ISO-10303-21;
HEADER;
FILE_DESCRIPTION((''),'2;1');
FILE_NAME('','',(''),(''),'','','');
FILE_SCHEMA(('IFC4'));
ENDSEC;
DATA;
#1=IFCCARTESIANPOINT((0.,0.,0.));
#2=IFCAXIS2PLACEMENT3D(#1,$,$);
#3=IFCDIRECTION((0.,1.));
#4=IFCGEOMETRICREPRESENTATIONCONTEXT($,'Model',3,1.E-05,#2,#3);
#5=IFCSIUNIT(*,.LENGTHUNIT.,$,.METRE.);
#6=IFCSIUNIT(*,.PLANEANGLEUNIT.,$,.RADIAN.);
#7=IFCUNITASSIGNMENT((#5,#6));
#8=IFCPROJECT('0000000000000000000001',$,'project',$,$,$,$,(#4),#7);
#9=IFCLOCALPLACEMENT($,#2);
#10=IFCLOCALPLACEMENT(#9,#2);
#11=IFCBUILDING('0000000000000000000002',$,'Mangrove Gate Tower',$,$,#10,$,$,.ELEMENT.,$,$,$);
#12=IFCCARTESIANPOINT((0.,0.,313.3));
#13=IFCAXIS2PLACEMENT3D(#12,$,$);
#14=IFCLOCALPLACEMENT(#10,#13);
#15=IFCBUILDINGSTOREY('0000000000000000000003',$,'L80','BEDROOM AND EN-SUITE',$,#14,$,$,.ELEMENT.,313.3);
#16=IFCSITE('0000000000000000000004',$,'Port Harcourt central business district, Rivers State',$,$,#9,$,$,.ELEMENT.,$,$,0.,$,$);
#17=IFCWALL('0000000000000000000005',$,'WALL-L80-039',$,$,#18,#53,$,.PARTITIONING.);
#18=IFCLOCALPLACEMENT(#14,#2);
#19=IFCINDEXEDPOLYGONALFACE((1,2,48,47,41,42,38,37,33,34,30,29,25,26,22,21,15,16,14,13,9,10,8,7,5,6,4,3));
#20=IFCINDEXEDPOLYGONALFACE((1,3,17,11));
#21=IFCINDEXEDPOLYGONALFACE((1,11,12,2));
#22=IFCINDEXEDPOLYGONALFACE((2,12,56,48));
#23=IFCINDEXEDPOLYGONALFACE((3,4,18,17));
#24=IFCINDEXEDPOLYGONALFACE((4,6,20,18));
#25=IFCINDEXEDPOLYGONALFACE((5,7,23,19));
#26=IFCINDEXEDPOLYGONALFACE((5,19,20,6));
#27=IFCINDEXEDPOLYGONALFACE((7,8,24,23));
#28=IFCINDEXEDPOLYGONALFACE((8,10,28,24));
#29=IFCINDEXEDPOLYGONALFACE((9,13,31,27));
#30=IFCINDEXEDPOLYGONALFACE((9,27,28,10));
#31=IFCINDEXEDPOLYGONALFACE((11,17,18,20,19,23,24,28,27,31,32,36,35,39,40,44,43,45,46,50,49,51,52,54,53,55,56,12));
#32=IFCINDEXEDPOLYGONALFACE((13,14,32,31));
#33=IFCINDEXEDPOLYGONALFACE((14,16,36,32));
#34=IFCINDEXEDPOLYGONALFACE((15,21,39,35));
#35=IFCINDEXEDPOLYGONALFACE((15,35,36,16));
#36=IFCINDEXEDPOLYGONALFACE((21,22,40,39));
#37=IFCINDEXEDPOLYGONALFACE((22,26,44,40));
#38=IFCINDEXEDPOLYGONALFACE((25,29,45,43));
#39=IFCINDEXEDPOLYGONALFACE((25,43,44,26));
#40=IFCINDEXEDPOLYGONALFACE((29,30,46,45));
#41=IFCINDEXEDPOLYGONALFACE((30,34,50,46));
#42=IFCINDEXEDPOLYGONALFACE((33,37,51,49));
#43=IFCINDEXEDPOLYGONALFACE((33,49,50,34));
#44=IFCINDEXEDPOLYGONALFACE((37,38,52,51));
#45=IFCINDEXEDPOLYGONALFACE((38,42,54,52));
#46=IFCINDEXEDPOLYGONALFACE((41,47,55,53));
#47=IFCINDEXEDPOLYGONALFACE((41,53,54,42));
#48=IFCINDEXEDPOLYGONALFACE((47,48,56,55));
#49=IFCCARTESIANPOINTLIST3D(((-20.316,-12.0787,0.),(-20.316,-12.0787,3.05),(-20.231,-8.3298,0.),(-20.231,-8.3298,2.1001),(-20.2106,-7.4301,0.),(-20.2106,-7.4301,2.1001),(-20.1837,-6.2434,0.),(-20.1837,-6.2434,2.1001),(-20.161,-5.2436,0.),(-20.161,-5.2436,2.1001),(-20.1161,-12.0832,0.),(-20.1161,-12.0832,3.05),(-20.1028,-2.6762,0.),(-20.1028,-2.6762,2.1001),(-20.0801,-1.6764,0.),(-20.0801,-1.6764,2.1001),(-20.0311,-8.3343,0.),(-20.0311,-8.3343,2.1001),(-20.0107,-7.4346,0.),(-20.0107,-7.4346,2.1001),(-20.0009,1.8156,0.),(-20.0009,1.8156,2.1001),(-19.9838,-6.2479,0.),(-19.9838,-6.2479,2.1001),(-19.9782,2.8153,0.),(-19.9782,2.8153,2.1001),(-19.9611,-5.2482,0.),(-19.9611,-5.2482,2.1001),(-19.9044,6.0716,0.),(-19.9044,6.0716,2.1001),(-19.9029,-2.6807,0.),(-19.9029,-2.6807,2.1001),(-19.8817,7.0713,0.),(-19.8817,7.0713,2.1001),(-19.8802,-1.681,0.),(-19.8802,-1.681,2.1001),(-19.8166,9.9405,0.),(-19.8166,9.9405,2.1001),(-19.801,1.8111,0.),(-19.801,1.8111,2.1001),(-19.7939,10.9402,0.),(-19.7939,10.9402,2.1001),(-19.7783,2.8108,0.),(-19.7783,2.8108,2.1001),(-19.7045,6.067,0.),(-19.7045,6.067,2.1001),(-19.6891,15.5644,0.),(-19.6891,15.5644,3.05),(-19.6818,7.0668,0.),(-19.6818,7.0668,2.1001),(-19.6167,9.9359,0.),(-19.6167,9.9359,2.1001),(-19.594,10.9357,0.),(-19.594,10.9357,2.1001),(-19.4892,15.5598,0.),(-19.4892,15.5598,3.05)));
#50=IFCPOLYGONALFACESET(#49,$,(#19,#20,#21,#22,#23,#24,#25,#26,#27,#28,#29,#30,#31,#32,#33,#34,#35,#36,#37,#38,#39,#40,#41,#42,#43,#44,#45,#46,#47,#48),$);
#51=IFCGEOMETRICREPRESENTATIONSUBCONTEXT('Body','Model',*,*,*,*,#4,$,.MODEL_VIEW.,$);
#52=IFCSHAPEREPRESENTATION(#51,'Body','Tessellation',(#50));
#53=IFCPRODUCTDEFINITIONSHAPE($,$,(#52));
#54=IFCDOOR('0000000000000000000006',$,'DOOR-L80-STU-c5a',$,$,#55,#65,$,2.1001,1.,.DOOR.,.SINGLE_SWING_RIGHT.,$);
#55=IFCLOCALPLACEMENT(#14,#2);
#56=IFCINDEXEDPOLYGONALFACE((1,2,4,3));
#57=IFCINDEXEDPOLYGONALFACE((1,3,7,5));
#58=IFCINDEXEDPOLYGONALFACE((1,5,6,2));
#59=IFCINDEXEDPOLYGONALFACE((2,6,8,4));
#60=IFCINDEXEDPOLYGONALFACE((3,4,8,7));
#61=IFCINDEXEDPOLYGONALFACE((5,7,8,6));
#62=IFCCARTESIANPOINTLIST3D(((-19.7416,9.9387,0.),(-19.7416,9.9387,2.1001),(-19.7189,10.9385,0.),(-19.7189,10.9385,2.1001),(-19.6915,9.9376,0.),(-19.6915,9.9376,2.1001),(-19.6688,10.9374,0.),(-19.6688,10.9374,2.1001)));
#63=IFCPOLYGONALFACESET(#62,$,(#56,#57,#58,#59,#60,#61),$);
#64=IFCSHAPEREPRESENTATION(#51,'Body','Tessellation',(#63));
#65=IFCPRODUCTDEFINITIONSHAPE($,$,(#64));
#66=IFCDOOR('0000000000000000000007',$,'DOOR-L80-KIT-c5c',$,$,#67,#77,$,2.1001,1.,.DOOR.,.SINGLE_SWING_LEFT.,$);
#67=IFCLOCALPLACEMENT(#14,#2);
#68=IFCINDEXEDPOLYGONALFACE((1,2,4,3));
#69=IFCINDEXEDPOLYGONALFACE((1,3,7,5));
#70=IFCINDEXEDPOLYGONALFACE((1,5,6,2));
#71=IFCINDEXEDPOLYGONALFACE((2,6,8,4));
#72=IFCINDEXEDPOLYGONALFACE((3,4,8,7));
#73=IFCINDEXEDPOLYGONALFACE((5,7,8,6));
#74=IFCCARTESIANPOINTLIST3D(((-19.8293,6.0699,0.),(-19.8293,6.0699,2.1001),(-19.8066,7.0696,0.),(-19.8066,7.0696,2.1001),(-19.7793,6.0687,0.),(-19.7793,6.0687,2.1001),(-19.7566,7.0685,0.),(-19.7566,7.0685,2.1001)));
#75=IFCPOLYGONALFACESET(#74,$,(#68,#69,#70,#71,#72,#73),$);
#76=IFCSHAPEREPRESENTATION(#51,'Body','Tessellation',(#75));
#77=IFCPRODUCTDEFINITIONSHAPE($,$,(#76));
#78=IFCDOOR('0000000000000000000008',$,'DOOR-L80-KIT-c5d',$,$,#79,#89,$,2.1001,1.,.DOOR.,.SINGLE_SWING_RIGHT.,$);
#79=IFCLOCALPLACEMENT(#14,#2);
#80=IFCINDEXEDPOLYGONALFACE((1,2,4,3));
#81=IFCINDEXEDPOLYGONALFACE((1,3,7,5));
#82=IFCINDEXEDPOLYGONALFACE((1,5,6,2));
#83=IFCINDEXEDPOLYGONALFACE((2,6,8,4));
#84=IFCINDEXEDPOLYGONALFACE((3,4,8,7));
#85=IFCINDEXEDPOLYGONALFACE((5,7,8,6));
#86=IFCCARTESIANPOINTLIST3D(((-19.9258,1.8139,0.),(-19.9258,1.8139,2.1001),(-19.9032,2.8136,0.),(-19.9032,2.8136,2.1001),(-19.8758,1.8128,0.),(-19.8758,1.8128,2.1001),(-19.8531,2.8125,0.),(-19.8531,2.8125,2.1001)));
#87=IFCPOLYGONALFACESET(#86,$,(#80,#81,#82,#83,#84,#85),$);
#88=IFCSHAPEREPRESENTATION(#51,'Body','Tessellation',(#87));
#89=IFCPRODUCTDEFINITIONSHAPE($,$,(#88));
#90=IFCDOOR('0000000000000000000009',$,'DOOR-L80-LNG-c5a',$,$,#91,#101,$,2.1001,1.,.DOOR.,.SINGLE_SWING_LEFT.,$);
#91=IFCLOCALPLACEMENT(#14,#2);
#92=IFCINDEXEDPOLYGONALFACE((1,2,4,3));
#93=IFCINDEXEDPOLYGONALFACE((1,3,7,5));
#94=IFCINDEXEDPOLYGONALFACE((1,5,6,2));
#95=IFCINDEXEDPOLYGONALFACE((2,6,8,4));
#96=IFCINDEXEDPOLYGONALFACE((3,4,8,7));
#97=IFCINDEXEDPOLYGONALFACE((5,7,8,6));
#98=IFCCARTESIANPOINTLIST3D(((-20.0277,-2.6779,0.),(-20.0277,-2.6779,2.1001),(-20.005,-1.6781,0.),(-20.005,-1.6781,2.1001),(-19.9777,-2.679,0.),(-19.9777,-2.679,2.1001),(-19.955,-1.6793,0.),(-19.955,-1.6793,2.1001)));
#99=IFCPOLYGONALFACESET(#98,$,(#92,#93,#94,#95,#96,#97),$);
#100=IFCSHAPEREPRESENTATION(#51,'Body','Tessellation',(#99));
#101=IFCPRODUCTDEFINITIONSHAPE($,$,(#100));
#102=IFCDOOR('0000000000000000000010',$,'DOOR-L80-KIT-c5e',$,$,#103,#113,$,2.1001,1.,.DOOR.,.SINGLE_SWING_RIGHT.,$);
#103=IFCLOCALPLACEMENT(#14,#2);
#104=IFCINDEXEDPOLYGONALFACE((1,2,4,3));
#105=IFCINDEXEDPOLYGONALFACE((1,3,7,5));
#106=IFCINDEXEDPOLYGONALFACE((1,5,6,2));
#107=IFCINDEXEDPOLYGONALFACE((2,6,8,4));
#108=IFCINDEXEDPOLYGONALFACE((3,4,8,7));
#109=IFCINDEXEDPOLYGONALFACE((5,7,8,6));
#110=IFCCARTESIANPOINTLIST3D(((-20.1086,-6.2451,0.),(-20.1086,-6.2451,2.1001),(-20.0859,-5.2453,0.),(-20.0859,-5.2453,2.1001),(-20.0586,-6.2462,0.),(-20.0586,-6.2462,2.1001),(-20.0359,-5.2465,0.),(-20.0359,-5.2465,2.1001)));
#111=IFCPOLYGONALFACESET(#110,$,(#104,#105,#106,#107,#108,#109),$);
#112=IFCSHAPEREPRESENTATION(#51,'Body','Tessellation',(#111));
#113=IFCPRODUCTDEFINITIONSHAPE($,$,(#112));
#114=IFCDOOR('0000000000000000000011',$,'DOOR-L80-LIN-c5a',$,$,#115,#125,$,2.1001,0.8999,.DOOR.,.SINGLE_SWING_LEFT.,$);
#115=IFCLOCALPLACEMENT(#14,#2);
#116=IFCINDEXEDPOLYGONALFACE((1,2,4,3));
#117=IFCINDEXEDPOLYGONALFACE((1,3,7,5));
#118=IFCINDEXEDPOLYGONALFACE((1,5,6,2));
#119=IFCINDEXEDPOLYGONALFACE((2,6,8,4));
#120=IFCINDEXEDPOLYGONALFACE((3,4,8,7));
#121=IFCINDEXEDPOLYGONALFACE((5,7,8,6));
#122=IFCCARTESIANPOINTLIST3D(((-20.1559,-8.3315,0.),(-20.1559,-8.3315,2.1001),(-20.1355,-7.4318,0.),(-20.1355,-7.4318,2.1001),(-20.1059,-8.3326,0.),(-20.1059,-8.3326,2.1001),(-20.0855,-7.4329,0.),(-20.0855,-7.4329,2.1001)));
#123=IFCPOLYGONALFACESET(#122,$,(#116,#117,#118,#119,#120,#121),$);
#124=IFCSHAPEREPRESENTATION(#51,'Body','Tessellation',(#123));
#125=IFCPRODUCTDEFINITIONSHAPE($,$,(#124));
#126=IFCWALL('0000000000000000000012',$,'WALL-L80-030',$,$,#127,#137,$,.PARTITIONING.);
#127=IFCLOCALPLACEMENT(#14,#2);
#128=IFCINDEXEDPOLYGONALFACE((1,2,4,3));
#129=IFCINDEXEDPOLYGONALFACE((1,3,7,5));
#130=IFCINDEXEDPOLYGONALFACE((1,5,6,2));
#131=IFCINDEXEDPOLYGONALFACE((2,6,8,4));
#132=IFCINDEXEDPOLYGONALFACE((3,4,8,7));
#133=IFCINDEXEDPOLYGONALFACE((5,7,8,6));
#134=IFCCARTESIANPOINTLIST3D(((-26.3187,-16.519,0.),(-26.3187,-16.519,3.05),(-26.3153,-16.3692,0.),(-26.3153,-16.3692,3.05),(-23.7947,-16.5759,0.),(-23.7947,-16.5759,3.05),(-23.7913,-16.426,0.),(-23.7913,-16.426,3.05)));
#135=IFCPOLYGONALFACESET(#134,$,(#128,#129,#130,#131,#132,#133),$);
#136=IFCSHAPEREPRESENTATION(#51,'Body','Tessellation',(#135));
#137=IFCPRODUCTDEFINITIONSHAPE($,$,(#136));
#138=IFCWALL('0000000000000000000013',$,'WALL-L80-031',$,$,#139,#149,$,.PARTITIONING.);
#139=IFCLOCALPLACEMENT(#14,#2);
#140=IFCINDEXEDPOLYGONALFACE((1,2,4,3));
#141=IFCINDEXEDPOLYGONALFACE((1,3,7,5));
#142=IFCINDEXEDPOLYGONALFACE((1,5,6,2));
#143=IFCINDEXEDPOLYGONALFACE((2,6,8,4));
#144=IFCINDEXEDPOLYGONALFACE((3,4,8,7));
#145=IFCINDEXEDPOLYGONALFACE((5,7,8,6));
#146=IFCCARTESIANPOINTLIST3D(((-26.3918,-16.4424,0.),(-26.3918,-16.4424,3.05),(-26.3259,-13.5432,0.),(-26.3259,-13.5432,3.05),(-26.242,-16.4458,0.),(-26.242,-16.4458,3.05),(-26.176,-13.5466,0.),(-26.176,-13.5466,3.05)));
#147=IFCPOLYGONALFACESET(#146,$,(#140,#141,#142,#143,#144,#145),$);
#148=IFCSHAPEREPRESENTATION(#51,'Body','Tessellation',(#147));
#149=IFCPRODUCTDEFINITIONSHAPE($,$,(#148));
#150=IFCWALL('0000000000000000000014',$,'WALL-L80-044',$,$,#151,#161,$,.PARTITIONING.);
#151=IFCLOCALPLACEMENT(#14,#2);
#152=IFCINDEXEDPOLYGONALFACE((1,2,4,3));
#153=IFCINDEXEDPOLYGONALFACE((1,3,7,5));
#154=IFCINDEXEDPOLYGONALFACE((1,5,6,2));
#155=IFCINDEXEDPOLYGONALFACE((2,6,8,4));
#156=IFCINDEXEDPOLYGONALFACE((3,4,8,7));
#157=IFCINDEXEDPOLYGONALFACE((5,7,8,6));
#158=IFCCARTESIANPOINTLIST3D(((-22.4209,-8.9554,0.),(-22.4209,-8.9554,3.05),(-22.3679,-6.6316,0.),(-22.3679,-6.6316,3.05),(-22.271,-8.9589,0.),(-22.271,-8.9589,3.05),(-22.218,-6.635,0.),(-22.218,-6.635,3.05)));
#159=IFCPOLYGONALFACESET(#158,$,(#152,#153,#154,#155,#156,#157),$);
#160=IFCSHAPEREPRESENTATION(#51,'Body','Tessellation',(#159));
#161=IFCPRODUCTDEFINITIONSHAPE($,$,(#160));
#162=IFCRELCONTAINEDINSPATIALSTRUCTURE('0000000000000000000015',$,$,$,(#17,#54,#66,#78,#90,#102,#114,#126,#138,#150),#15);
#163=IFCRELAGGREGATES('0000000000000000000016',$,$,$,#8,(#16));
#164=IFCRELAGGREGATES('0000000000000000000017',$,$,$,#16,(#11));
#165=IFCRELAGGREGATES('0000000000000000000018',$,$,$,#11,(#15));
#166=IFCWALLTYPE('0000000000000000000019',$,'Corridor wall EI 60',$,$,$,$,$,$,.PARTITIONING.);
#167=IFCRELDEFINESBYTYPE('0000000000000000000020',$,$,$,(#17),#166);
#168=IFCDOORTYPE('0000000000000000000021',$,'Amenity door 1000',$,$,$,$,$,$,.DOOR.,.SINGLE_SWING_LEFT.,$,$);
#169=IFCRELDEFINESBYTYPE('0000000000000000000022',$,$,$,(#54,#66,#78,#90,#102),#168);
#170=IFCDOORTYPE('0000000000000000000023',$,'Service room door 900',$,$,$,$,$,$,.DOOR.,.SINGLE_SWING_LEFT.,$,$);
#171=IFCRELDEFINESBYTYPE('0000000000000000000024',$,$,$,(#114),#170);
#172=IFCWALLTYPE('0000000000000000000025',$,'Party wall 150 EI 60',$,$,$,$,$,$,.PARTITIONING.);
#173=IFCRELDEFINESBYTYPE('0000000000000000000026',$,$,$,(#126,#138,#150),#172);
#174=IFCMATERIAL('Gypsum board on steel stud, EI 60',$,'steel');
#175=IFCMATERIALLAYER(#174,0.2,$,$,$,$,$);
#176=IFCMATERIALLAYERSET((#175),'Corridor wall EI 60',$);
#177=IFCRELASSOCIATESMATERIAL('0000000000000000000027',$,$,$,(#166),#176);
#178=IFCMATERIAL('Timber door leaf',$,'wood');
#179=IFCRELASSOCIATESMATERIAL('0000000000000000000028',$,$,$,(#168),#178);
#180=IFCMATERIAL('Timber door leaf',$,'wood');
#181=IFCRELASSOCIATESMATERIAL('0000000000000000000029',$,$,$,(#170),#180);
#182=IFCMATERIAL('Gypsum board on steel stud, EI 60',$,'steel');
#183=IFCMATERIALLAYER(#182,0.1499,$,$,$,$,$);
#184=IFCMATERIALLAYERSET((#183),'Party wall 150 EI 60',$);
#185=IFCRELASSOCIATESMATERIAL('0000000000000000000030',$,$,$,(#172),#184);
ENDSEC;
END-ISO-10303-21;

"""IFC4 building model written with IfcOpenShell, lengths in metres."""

from ifc_helpers import new_model, si_unit, direction, frame, frame_2d, origin, place, context, subcontext, project, spatial, rectangle, extrude, material, layer, layer_set, type_object, element, fill, save


model = new_model("IFC4")

# Units and contexts
model_context = context("Model", 3, precision=1e-05, world=origin(), true_north=direction((0.0, 1.0)))
body_context = subcontext(model_context, "Body", "Model", "MODEL_VIEW")
ifc_project = project(units=[si_unit("LENGTHUNIT", "METRE"), si_unit("PLANEANGLEUNIT", "RADIAN")], contexts=[model_context])

# Site, building, storey
site_placement = place(None, origin())
site = spatial("IfcSite", under=ifc_project, at=site_placement, Name="Port Harcourt central business district, Rivers State", CompositionType="ELEMENT", RefElevation=0.0)
building_placement = place(site_placement, origin())
building = spatial("IfcBuilding", under=site, at=building_placement, Name="Mangrove Gate Tower", CompositionType="ELEMENT")
storey_placement = place(building_placement, frame((0.0, 0.0, 313.3)))
storey = spatial("IfcBuildingStorey", under=building, at=storey_placement, Name="L80", Description="BEDROOM AND EN-SUITE", CompositionType="ELEMENT", Elevation=313.3)

# Wall, openings, doors
ifc_material_1 = material(Name="Gypsum board on steel stud, EI 60", Category="steel")
ifc_layer_1 = layer(ifc_material_1, 0.2)
ifc_layer_set_1 = layer_set([ifc_layer_1], Name="Corridor wall EI 60")
wall_type_1 = type_object("IfcWallType", Name="Corridor wall EI 60", PredefinedType="PARTITIONING", material=ifc_layer_set_1)
wall_1_placement = place(storey_placement, frame((-20.2161, -12.0811, 0.0), z_axis=(0.0, 0.0, 1.0), x_axis=(0.022674, 0.999743, 0.0)))
wall_1 = element("IfcWall", 1, at=wall_1_placement, inside=storey, type_object=wall_type_1, Name="WALL-L80-039", PredefinedType="PARTITIONING", context=body_context, shape_type="SweptSolid", body=[
    extrude(rectangle(XDim=27.6501, YDim=0.2, at=frame_2d((13.8252, 0.0))), origin(), (0.0, 0.0, 1.0), 3.05),
])
opening_1_placement = place(wall_1_placement, frame((22.0249, 0.0, 0.0)))
opening_1 = element("IfcOpeningElement", 2, at=opening_1_placement, cuts=wall_1, PredefinedType="OPENING", context=body_context, shape_type="SweptSolid", body=[
    extrude(rectangle(XDim=1.0, YDim=2.1001, at=frame_2d((0.5, 1.05))), frame((0.0, 0.1099, 0.0), z_axis=(0.0, -1.0, 0.0), x_axis=(1.0, 0.0, 0.0)), (0.0, 0.0, 1.0), 0.22),
])
opening_2_placement = place(wall_1_placement, frame((18.155, 0.0, 0.0)))
opening_2 = element("IfcOpeningElement", 3, at=opening_2_placement, cuts=wall_1, PredefinedType="OPENING", context=body_context, shape_type="SweptSolid", body=[
    extrude(rectangle(XDim=1.0, YDim=2.1001, at=frame_2d((0.5, 1.05))), frame((0.0, 0.1099, 0.0), z_axis=(0.0, -1.0, 0.0), x_axis=(1.0, 0.0, 0.0)), (0.0, 0.0, 1.0), 0.22),
])
opening_3_placement = place(wall_1_placement, frame((13.8979, 0.0, 0.0)))
opening_3 = element("IfcOpeningElement", 4, at=opening_3_placement, cuts=wall_1, PredefinedType="OPENING", context=body_context, shape_type="SweptSolid", body=[
    extrude(rectangle(XDim=1.0, YDim=2.1001, at=frame_2d((0.5, 1.05))), frame((0.0, 0.1099, 0.0), z_axis=(0.0, -1.0, 0.0), x_axis=(1.0, 0.0, 0.0)), (0.0, 0.0, 1.0), 0.22),
])
opening_4_placement = place(wall_1_placement, frame((9.405, 0.0, 0.0)))
opening_4 = element("IfcOpeningElement", 5, at=opening_4_placement, cuts=wall_1, PredefinedType="OPENING", context=body_context, shape_type="SweptSolid", body=[
    extrude(rectangle(XDim=1.0, YDim=2.1001, at=frame_2d((0.5, 1.05))), frame((0.0, 0.1099, 0.0), z_axis=(0.0, -1.0, 0.0), x_axis=(1.0, 0.0, 0.0)), (0.0, 0.0, 1.0), 0.22),
])
opening_5_placement = place(wall_1_placement, frame((5.8369, 0.0, 0.0)))
opening_5 = element("IfcOpeningElement", 6, at=opening_5_placement, cuts=wall_1, PredefinedType="OPENING", context=body_context, shape_type="SweptSolid", body=[
    extrude(rectangle(XDim=1.0, YDim=2.1001, at=frame_2d((0.5, 1.05))), frame((0.0, 0.1099, 0.0), z_axis=(0.0, -1.0, 0.0), x_axis=(1.0, 0.0, 0.0)), (0.0, 0.0, 1.0), 0.22),
])
opening_6_placement = place(wall_1_placement, frame((3.75, 0.0, 0.0)))
opening_6 = element("IfcOpeningElement", 7, at=opening_6_placement, cuts=wall_1, PredefinedType="OPENING", context=body_context, shape_type="SweptSolid", body=[
    extrude(rectangle(XDim=0.8999, YDim=2.1001, at=frame_2d((0.45, 1.05))), frame((0.0, 0.1099, 0.0), z_axis=(0.0, -1.0, 0.0), x_axis=(1.0, 0.0, 0.0)), (0.0, 0.0, 1.0), 0.22),
])
ifc_material_2 = material(Name="Timber door leaf", Category="wood")
door_type_1 = type_object("IfcDoorType", Name="Amenity door 1000", OperationType="SINGLE_SWING_LEFT", PredefinedType="DOOR", material=ifc_material_2)
door_1_placement = place(opening_1_placement, origin())
door_1 = element("IfcDoor", 8, at=door_1_placement, inside=storey, type_object=door_type_1, Name="DOOR-L80-STU-c5a", OperationType="SINGLE_SWING_RIGHT", OverallHeight=2.1001, OverallWidth=1.0, PredefinedType="DOOR", context=body_context, shape_type="SweptSolid", body=[
    extrude(rectangle(XDim=1.0, YDim=2.1001, at=frame_2d((0.5, 1.05))), frame((0.0, 0.0249, 0.0), z_axis=(0.0, -1.0, 0.0), x_axis=(1.0, 0.0, 0.0)), (0.0, 0.0, 1.0), 0.05),
])
fill(opening_1, door_1)
door_2_placement = place(opening_2_placement, origin())
door_2 = element("IfcDoor", 9, at=door_2_placement, inside=storey, type_object=door_type_1, Name="DOOR-L80-KIT-c5c", OperationType="SINGLE_SWING_LEFT", OverallHeight=2.1001, OverallWidth=1.0, PredefinedType="DOOR", context=body_context, shape_type="SweptSolid", body=[
    extrude(rectangle(XDim=1.0, YDim=2.1001, at=frame_2d((0.5, 1.05))), frame((0.0, 0.0249, 0.0), z_axis=(0.0, -1.0, 0.0), x_axis=(1.0, 0.0, 0.0)), (0.0, 0.0, 1.0), 0.05),
])
fill(opening_2, door_2)
door_3_placement = place(opening_3_placement, origin())
door_3 = element("IfcDoor", 10, at=door_3_placement, inside=storey, type_object=door_type_1, Name="DOOR-L80-KIT-c5d", OperationType="SINGLE_SWING_RIGHT", OverallHeight=2.1001, OverallWidth=1.0, PredefinedType="DOOR", context=body_context, shape_type="SweptSolid", body=[
    extrude(rectangle(XDim=1.0, YDim=2.1001, at=frame_2d((0.5, 1.05))), frame((0.0, 0.0249, 0.0), z_axis=(0.0, -1.0, 0.0), x_axis=(1.0, 0.0, 0.0)), (0.0, 0.0, 1.0), 0.05),
])
fill(opening_3, door_3)
door_4_placement = place(opening_4_placement, origin())
door_4 = element("IfcDoor", 11, at=door_4_placement, inside=storey, type_object=door_type_1, Name="DOOR-L80-LNG-c5a", OperationType="SINGLE_SWING_LEFT", OverallHeight=2.1001, OverallWidth=1.0, PredefinedType="DOOR", context=body_context, shape_type="SweptSolid", body=[
    extrude(rectangle(XDim=1.0, YDim=2.1001, at=frame_2d((0.5, 1.05))), frame((0.0, 0.0249, 0.0), z_axis=(0.0, -1.0, 0.0), x_axis=(1.0, 0.0, 0.0)), (0.0, 0.0, 1.0), 0.05),
])
fill(opening_4, door_4)
door_5_placement = place(opening_5_placement, origin())
door_5 = element("IfcDoor", 12, at=door_5_placement, inside=storey, type_object=door_type_1, Name="DOOR-L80-KIT-c5e", OperationType="SINGLE_SWING_RIGHT", OverallHeight=2.1001, OverallWidth=1.0, PredefinedType="DOOR", context=body_context, shape_type="SweptSolid", body=[
    extrude(rectangle(XDim=1.0, YDim=2.1001, at=frame_2d((0.5, 1.05))), frame((0.0, 0.0249, 0.0), z_axis=(0.0, -1.0, 0.0), x_axis=(1.0, 0.0, 0.0)), (0.0, 0.0, 1.0), 0.05),
])
fill(opening_5, door_5)
ifc_material_3 = material(Name="Timber door leaf", Category="wood")
door_type_2 = type_object("IfcDoorType", Name="Service room door 900", OperationType="SINGLE_SWING_LEFT", PredefinedType="DOOR", material=ifc_material_3)
door_6_placement = place(opening_6_placement, origin())
door_6 = element("IfcDoor", 13, at=door_6_placement, inside=storey, type_object=door_type_2, Name="DOOR-L80-LIN-c5a", OperationType="SINGLE_SWING_LEFT", OverallHeight=2.1001, OverallWidth=0.8999, PredefinedType="DOOR", context=body_context, shape_type="SweptSolid", body=[
    extrude(rectangle(XDim=0.8999, YDim=2.1001, at=frame_2d((0.45, 1.05))), frame((0.0, 0.0249, 0.0), z_axis=(0.0, -1.0, 0.0), x_axis=(1.0, 0.0, 0.0)), (0.0, 0.0, 1.0), 0.05),
])
fill(opening_6, door_6)

# Walls
ifc_material_4 = material(Name="Gypsum board on steel stud, EI 60", Category="steel")
ifc_layer_2 = layer(ifc_material_4, 0.1499)
ifc_layer_set_2 = layer_set([ifc_layer_2], Name="Party wall 150 EI 60")
wall_type_2 = type_object("IfcWallType", Name="Party wall 150 EI 60", PredefinedType="PARTITIONING", material=ifc_layer_set_2)
wall_2_placement = place(storey_placement, frame((-26.3169, -16.4441, 0.0), z_axis=(0.0, 0.0, 1.0), x_axis=(0.999746, -0.022532, 0.0)))
element("IfcWall", 14, at=wall_2_placement, inside=storey, type_object=wall_type_2, Name="WALL-L80-030", PredefinedType="PARTITIONING", context=body_context, shape_type="SweptSolid", body=[
    extrude(rectangle(XDim=2.5247, YDim=0.1499, at=frame_2d((1.2622, 0.0))), origin(), (0.0, 0.0, 1.0), 3.05),
])
wall_3_placement = place(storey_placement, frame((-26.3169, -16.4441, 0.0), z_axis=(0.0, 0.0, 1.0), x_axis=(0.022731, 0.999742, 0.0)))
element("IfcWall", 15, at=wall_3_placement, inside=storey, type_object=wall_type_2, Name="WALL-L80-031", PredefinedType="PARTITIONING", context=body_context, shape_type="SweptSolid", body=[
    extrude(rectangle(XDim=2.8999, YDim=0.1499, at=frame_2d((1.45, 0.0))), origin(), (0.0, 0.0, 1.0), 3.05),
])
wall_4_placement = place(storey_placement, frame((-22.3459, -8.957, 0.0), z_axis=(0.0, 0.0, 1.0), x_axis=(0.022791, 0.99974, 0.0)))
element("IfcWall", 16, at=wall_4_placement, inside=storey, type_object=wall_type_2, Name="WALL-L80-044", PredefinedType="PARTITIONING", context=body_context, shape_type="SweptSolid", body=[
    extrude(rectangle(XDim=2.3245, YDim=0.1499, at=frame_2d((1.1621, 0.0))), origin(), (0.0, 0.0, 1.0), 3.05),
])

save(model, "model.ifc")
